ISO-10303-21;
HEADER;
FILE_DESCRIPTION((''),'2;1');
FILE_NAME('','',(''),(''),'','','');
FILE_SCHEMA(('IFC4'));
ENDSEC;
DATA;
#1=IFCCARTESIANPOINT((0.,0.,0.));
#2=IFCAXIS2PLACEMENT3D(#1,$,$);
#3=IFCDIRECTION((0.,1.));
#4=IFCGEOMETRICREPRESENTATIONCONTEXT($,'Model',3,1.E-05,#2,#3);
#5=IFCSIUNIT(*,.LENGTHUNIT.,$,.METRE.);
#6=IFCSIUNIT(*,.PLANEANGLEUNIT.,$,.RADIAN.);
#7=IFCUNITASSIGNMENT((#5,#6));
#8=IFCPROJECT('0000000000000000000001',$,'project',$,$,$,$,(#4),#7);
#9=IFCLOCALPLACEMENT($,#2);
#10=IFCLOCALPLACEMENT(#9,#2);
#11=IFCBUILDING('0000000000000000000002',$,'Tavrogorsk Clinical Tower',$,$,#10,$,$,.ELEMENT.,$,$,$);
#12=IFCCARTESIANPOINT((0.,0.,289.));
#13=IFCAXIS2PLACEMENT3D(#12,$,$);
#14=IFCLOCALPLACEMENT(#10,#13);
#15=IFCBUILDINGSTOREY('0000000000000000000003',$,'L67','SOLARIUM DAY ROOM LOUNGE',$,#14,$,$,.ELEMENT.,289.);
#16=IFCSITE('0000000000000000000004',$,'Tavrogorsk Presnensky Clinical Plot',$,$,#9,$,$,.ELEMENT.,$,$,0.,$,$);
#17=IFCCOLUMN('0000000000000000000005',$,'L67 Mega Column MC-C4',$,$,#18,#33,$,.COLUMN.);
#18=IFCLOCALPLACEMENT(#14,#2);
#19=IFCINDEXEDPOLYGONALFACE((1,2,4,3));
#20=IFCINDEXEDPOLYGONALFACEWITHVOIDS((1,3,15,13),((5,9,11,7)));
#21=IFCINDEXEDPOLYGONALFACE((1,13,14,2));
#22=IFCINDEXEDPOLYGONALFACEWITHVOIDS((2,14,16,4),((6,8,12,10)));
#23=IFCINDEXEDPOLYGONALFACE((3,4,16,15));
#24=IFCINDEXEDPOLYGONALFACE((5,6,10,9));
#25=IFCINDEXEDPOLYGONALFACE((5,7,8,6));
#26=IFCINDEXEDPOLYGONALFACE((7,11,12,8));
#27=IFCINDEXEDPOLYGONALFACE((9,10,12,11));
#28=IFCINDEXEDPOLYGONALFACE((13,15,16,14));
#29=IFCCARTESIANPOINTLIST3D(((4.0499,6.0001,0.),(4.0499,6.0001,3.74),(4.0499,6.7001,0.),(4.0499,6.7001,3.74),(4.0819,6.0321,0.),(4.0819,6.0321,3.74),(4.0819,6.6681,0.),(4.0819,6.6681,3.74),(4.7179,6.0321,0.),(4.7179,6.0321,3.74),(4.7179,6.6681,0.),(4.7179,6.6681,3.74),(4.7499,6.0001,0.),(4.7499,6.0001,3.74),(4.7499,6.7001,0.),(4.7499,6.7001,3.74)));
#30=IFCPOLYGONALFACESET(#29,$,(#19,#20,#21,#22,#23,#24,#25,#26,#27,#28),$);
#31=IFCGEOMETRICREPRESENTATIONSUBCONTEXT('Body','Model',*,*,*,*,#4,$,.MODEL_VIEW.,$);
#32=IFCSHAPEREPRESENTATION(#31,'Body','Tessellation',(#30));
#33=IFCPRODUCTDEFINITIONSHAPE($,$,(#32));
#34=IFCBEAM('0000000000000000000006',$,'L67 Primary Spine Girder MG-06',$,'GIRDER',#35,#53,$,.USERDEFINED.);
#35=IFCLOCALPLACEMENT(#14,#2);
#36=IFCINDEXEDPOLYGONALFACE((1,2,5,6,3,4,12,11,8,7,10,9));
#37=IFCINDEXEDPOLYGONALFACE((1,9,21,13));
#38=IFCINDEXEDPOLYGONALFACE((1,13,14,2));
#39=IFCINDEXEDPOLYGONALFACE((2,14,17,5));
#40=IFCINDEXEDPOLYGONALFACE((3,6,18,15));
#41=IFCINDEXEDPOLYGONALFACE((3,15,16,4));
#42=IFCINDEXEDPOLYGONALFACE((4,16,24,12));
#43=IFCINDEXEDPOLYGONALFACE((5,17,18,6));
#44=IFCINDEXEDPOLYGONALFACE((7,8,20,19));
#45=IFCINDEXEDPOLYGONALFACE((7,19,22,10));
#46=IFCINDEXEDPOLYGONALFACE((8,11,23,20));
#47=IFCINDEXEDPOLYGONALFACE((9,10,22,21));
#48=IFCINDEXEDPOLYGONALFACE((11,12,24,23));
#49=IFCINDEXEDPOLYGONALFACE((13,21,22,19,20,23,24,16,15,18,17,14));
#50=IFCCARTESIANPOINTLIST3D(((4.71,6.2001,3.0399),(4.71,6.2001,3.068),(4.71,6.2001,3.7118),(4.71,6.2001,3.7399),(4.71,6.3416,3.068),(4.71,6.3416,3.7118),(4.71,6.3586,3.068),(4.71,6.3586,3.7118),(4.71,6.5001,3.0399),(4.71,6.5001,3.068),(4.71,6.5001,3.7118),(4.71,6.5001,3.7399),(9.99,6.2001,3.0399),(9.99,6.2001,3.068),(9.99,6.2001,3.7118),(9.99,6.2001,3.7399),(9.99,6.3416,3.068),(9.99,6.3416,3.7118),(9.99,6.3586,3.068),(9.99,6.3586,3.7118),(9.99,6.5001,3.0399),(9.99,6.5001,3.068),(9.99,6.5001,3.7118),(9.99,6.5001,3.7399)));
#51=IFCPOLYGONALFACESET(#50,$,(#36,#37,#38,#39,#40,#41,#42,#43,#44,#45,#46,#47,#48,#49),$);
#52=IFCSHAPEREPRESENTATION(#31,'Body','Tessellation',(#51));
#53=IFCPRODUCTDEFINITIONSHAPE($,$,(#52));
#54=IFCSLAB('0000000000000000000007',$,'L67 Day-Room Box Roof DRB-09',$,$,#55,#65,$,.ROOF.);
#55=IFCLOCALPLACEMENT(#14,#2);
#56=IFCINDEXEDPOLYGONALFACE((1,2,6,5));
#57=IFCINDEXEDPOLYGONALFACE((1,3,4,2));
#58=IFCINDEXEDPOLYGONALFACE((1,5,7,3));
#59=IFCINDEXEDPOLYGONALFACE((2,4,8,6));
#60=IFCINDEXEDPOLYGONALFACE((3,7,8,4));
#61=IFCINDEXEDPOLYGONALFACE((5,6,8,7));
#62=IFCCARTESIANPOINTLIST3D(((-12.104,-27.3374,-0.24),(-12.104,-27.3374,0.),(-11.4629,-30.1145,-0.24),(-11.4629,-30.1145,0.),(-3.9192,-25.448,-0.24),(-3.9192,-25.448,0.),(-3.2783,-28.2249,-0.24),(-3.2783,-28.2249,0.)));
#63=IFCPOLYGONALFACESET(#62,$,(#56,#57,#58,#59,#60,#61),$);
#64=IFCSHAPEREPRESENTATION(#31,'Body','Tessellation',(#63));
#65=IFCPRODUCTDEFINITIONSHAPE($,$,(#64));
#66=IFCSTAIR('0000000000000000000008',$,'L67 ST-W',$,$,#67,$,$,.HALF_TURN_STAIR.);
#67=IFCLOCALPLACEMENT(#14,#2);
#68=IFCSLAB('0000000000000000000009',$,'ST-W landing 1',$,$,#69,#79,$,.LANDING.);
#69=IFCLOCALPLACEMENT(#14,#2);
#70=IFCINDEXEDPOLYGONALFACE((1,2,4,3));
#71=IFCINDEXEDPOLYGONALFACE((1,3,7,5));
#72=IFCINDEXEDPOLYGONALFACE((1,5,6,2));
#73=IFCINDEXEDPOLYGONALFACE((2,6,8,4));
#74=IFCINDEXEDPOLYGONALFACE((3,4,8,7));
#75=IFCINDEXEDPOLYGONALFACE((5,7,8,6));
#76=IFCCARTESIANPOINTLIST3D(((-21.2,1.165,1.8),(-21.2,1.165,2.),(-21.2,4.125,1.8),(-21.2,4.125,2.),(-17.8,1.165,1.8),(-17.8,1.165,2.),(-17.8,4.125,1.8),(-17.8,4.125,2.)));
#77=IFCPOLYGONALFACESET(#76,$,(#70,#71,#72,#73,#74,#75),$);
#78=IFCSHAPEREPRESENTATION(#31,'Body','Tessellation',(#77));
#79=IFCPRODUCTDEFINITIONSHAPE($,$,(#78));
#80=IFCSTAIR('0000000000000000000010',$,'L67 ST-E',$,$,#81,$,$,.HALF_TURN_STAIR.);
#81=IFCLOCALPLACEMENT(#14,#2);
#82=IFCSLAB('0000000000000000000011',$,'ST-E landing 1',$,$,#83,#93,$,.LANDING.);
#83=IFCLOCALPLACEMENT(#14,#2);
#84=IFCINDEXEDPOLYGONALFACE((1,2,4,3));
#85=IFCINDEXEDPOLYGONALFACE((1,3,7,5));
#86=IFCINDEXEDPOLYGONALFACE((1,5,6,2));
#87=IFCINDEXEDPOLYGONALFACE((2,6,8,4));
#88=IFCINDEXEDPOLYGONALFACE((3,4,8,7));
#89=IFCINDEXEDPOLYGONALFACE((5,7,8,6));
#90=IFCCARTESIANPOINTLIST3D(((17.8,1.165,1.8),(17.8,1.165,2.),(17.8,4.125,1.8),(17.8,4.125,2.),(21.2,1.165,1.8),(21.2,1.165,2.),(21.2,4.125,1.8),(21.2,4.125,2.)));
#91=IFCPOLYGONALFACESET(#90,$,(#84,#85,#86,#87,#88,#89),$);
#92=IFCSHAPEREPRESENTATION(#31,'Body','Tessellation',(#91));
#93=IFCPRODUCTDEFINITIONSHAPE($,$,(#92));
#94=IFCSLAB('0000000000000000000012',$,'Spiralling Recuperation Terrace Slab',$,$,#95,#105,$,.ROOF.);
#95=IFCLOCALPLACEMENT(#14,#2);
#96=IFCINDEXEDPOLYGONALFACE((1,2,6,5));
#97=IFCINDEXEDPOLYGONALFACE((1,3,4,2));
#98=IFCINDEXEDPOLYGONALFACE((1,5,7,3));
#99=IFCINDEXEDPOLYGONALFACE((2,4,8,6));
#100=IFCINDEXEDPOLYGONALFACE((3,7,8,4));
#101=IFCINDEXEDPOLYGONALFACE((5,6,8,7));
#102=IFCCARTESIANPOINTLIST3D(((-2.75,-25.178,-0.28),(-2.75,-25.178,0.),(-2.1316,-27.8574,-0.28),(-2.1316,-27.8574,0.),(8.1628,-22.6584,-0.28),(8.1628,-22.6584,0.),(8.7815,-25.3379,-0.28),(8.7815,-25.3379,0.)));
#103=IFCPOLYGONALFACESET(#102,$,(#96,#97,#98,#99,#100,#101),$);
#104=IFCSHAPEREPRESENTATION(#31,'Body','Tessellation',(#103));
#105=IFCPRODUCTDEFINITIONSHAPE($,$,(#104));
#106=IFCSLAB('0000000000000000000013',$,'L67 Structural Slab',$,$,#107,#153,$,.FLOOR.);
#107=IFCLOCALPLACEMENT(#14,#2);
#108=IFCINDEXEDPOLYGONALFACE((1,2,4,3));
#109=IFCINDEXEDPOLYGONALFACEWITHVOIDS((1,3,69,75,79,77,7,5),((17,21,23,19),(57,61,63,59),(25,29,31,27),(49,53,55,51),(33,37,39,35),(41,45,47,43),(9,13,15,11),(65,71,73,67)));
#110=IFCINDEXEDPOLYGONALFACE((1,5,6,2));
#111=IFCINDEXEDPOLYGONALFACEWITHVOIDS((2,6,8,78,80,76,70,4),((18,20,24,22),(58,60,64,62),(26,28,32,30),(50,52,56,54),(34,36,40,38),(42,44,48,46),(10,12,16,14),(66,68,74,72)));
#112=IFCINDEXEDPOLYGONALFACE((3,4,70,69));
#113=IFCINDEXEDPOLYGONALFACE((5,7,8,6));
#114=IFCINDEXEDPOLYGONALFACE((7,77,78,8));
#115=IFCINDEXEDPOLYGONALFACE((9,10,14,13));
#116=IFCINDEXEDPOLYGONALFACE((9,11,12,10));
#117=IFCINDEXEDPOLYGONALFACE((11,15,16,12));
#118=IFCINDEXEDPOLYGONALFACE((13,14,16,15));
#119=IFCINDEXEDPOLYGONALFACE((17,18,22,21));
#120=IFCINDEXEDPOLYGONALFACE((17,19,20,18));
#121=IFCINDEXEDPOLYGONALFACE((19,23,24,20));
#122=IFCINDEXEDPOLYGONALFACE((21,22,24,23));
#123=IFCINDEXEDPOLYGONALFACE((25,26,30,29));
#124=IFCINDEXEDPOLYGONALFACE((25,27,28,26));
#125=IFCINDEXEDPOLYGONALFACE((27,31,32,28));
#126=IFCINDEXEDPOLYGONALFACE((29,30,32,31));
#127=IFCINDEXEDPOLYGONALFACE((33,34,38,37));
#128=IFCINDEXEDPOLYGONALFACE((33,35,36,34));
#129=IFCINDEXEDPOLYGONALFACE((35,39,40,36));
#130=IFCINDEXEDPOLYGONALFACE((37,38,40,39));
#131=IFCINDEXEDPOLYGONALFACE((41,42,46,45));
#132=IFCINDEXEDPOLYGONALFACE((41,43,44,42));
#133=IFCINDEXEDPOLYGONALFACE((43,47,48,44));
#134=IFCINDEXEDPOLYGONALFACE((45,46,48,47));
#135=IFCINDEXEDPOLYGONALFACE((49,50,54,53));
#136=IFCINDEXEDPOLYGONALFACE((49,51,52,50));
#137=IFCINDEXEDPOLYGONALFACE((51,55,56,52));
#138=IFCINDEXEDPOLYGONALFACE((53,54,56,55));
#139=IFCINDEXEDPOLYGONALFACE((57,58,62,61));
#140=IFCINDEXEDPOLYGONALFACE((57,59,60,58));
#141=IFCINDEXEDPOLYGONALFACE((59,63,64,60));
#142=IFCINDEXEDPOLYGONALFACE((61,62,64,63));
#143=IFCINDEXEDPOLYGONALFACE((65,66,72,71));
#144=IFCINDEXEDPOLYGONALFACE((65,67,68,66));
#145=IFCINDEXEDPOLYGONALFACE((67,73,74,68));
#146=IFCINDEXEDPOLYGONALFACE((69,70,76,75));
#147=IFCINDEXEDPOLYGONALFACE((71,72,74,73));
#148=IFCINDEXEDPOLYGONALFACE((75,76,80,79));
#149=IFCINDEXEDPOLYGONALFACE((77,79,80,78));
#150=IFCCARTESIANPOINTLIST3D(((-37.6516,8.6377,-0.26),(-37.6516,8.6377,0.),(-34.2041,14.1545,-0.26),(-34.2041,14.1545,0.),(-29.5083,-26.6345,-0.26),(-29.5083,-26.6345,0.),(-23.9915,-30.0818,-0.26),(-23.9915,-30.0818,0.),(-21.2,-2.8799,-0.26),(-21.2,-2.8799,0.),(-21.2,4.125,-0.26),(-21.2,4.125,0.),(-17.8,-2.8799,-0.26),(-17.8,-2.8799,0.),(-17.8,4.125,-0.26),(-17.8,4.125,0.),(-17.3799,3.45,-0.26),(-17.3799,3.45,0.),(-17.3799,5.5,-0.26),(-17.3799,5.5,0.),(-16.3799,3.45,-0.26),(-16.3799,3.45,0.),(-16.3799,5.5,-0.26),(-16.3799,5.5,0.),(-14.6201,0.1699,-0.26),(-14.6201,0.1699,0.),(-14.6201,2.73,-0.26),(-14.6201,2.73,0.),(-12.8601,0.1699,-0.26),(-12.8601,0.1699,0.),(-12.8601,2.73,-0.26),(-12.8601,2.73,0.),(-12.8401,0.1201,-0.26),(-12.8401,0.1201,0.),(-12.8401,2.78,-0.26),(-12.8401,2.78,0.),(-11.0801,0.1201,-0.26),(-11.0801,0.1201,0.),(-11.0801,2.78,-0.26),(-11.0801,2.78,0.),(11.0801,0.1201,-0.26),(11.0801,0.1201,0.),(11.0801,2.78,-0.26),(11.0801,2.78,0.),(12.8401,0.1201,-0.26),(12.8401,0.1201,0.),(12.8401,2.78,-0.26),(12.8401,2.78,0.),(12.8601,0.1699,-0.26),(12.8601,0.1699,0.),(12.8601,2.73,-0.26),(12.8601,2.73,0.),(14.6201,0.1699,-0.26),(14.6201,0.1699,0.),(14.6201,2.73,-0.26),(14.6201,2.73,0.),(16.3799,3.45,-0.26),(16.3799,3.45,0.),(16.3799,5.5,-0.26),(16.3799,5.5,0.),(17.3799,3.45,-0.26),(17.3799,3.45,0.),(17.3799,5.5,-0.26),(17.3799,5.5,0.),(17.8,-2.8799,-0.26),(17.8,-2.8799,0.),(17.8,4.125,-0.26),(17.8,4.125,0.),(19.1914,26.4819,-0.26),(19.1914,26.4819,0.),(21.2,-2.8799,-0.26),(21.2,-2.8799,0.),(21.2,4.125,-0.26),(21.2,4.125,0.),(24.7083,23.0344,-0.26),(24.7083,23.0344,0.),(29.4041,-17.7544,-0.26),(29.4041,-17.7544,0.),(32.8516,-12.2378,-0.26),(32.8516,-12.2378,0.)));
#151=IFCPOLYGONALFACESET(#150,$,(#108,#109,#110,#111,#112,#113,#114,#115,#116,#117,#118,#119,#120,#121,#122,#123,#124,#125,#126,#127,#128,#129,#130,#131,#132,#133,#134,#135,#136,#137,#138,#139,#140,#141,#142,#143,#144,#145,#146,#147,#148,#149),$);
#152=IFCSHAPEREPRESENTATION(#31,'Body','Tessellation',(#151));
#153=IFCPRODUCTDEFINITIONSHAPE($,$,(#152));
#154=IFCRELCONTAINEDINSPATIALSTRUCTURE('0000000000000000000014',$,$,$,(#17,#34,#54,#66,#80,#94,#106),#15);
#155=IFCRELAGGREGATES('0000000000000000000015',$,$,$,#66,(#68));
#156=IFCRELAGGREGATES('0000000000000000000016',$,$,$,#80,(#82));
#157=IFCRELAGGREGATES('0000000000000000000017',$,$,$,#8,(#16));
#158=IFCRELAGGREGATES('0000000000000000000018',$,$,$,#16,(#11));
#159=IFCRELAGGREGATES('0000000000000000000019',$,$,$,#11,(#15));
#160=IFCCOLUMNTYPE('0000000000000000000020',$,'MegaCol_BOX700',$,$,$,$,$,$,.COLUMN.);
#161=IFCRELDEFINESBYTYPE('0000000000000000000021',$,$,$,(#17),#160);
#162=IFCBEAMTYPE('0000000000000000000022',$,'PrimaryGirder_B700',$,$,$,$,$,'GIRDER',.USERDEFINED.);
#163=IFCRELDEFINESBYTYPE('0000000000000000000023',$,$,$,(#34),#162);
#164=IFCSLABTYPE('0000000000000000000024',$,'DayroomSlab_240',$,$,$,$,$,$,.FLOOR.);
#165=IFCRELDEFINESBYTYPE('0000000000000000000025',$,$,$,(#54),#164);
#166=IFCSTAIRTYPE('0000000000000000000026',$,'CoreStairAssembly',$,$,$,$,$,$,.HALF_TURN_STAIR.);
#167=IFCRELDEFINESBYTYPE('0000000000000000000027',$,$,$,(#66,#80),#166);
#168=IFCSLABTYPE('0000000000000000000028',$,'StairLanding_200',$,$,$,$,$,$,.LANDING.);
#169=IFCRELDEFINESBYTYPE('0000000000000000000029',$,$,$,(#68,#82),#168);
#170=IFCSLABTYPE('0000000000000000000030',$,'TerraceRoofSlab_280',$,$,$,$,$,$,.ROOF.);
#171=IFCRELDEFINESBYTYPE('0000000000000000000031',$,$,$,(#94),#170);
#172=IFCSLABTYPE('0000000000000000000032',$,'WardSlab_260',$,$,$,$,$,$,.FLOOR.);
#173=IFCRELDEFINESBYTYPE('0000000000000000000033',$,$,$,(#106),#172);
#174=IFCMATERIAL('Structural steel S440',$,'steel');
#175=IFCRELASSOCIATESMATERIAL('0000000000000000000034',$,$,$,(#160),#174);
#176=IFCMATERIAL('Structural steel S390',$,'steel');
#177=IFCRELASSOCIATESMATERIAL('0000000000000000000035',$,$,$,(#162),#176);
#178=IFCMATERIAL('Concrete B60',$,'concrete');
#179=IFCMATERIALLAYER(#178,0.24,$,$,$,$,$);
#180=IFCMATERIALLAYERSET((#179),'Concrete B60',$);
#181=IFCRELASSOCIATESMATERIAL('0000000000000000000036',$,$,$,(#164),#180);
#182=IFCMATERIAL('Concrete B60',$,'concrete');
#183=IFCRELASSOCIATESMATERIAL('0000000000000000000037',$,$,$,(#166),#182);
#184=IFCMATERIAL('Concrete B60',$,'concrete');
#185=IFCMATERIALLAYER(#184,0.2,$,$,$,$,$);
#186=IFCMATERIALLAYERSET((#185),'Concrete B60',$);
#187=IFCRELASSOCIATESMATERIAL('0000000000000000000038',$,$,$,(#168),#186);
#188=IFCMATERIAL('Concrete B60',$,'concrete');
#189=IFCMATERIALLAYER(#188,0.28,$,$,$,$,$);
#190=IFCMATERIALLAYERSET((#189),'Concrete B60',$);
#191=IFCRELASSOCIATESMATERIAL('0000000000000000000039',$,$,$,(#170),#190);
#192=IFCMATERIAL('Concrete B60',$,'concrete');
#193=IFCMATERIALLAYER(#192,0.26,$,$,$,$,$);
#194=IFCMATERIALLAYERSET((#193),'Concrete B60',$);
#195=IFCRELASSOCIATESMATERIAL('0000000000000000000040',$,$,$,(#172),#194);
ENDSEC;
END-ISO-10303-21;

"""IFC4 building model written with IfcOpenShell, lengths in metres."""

from ifc_helpers import new_model, si_unit, direction, frame, origin, origin_2d, place, context, subcontext, project, spatial, polyline, hollow_rectangle, i_section, outline, extrude, material, layer, layer_set, material_profile, profile_set, type_object, element, aggregate, save


model = new_model("IFC4")

# Units and contexts
model_context = context("Model", 3, precision=1e-05, world=origin(), true_north=direction((0.0, 1.0)))
body_context = subcontext(model_context, "Body", "Model", "MODEL_VIEW")
ifc_project = project(units=[si_unit("LENGTHUNIT", "METRE"), si_unit("PLANEANGLEUNIT", "RADIAN")], contexts=[model_context])

# Site, building, storey
site_placement = place(None, origin())
site = spatial("IfcSite", under=ifc_project, at=site_placement, Name="Tavrogorsk Presnensky Clinical Plot", CompositionType="ELEMENT", RefElevation=0.0)
building_placement = place(site_placement, origin())
building = spatial("IfcBuilding", under=site, at=building_placement, Name="Tavrogorsk Clinical Tower", CompositionType="ELEMENT")
storey_placement = place(building_placement, frame((0.0, 0.0, 289.0)))
storey = spatial("IfcBuildingStorey", under=building, at=storey_placement, Name="L67", Description="SOLARIUM DAY ROOM LOUNGE", CompositionType="ELEMENT", Elevation=289.0)

# Column
ifc_material_1 = material(Name="Structural steel S440", Category="steel")
ifc_material_profile_1 = material_profile(ifc_material_1, hollow_rectangle(XDim=0.7, YDim=0.7, WallThickness=0.032, at=origin_2d()), Name="BOX-700x700x32")
ifc_profile_set_1 = profile_set([ifc_material_profile_1], Name="Structural steel S440")
column_type = type_object("IfcColumnType", Name="MegaCol_BOX700", PredefinedType="COLUMN", material=ifc_profile_set_1)
column_placement = place(storey_placement, frame((4.3999, 6.3501, 0.0), z_axis=(0.0, 0.0, 1.0), x_axis=(1.0, 0.0, 0.0)))
element("IfcColumn", 1, at=column_placement, inside=storey, type_object=column_type, Name="L67 Mega Column MC-C4", PredefinedType="COLUMN", context=body_context, shape_type="SweptSolid", body=[
    extrude(hollow_rectangle(XDim=0.7, YDim=0.7, WallThickness=0.032, at=origin_2d()), origin(), (0.0, 0.0, 1.0), 3.74),
])

# Beam
ifc_material_2 = material(Name="Structural steel S390", Category="steel")
ifc_material_profile_2 = material_profile(ifc_material_2, i_section(OverallWidth=0.3, OverallDepth=0.7, WebThickness=0.0171, FlangeThickness=0.0281, at=origin_2d()), Name="B-700x300x17x28")
ifc_profile_set_2 = profile_set([ifc_material_profile_2], Name="Structural steel S390")
beam_type = type_object("IfcBeamType", Name="PrimaryGirder_B700", ElementType="GIRDER", PredefinedType="USERDEFINED", material=ifc_profile_set_2)
beam_placement = place(storey_placement, frame((4.71, 6.3501, 3.3899), z_axis=(1.0, 0.0, 0.0), x_axis=(0.0, 1.0, 0.0)))
element("IfcBeam", 2, at=beam_placement, inside=storey, type_object=beam_type, Name="L67 Primary Spine Girder MG-06", ObjectType="GIRDER", PredefinedType="USERDEFINED", context=body_context, shape_type="SweptSolid", body=[
    extrude(i_section(OverallWidth=0.3, OverallDepth=0.7, WebThickness=0.0171, FlangeThickness=0.0281, at=origin_2d()), origin(), (0.0, 0.0, 1.0), 5.28),
])

# Slab
ifc_material_3 = material(Name="Concrete B60", Category="concrete")
ifc_layer_1 = layer(ifc_material_3, 0.24)
ifc_layer_set_1 = layer_set([ifc_layer_1], Name="Concrete B60")
slab_type_1 = type_object("IfcSlabType", Name="DayroomSlab_240", PredefinedType="FLOOR", material=ifc_layer_set_1)
slab_1_placement = place(storey_placement, frame((0.0, 0.0, -0.24)))
element("IfcSlab", 3, at=slab_1_placement, inside=storey, type_object=slab_type_1, Name="L67 Day-Room Box Roof DRB-09", PredefinedType="ROOF", context=body_context, shape_type="SweptSolid", body=[
    extrude(outline(polyline([(-3.2783, -28.2249), (-11.4629, -30.1145), (-12.104, -27.3374), (-3.9192, -25.448), (-3.2783, -28.2249)])), origin(), (0.0, 0.0, 1.0), 0.24),
])

# Stairs, slabs
ifc_material_4 = material(Name="Concrete B60", Category="concrete")
stair_type = type_object("IfcStairType", Name="CoreStairAssembly", PredefinedType="HALF_TURN_STAIR", material=ifc_material_4)
stair_1_placement = place(storey_placement, origin())
stair_1 = element("IfcStair", 4, at=stair_1_placement, inside=storey, type_object=stair_type, Name="L67 ST-W", PredefinedType="HALF_TURN_STAIR")
ifc_material_5 = material(Name="Concrete B60", Category="concrete")
ifc_layer_2 = layer(ifc_material_5, 0.2)
ifc_layer_set_2 = layer_set([ifc_layer_2], Name="Concrete B60")
slab_type_2 = type_object("IfcSlabType", Name="StairLanding_200", PredefinedType="LANDING", material=ifc_layer_set_2)
slab_2_placement = place(storey_placement, frame((0.0, 0.0, 1.8)))
slab_2 = element("IfcSlab", 5, at=slab_2_placement, type_object=slab_type_2, Name="ST-W landing 1", PredefinedType="LANDING", context=body_context, shape_type="SweptSolid", body=[
    extrude(outline(polyline([(-17.8, 1.165), (-17.8, 4.125), (-21.2, 4.125), (-21.2, 1.165), (-17.8, 1.165)])), origin(), (0.0, 0.0, 1.0), 0.2),
])
aggregate(stair_1, [slab_2])
stair_2_placement = place(storey_placement, origin())
stair_2 = element("IfcStair", 6, at=stair_2_placement, inside=storey, type_object=stair_type, Name="L67 ST-E", PredefinedType="HALF_TURN_STAIR")
slab_3_placement = place(storey_placement, frame((0.0, 0.0, 1.8)))
slab_3 = element("IfcSlab", 7, at=slab_3_placement, type_object=slab_type_2, Name="ST-E landing 1", PredefinedType="LANDING", context=body_context, shape_type="SweptSolid", body=[
    extrude(outline(polyline([(21.2, 1.165), (21.2, 4.125), (17.8, 4.125), (17.8, 1.165), (21.2, 1.165)])), origin(), (0.0, 0.0, 1.0), 0.2),
])
aggregate(stair_2, [slab_3])

# Slabs
ifc_material_6 = material(Name="Concrete B60", Category="concrete")
ifc_layer_3 = layer(ifc_material_6, 0.28)
ifc_layer_set_3 = layer_set([ifc_layer_3], Name="Concrete B60")
slab_type_3 = type_object("IfcSlabType", Name="TerraceRoofSlab_280", PredefinedType="ROOF", material=ifc_layer_set_3)
slab_4_placement = place(storey_placement, frame((0.0, 0.0, -0.28)))
element("IfcSlab", 8, at=slab_4_placement, inside=storey, type_object=slab_type_3, Name="Spiralling Recuperation Terrace Slab", PredefinedType="ROOF", context=body_context, shape_type="SweptSolid", body=[
    extrude(outline(polyline([(8.7815, -25.3379), (-2.1316, -27.8574), (-2.75, -25.178), (8.1628, -22.6584), (8.7815, -25.3379)])), origin(), (0.0, 0.0, 1.0), 0.28),
])
ifc_material_7 = material(Name="Concrete B60", Category="concrete")
ifc_layer_4 = layer(ifc_material_7, 0.26)
ifc_layer_set_4 = layer_set([ifc_layer_4], Name="Concrete B60")
slab_type_4 = type_object("IfcSlabType", Name="WardSlab_260", PredefinedType="FLOOR", material=ifc_layer_set_4)
slab_5_placement = place(storey_placement, frame((0.0, 0.0, -0.26)))
element("IfcSlab", 9, at=slab_5_placement, inside=storey, type_object=slab_type_4, Name="L67 Structural Slab", PredefinedType="FLOOR", context=body_context, shape_type="SweptSolid", body=[
    extrude(outline(polyline([(-23.9915, -30.0818), (29.4041, -17.7544), (32.8516, -12.2378), (24.7083, 23.0344), (19.1914, 26.4819), (-34.2041, 14.1545), (-37.6516, 8.6377), (-29.5083, -26.6345), (-23.9915, -30.0818)]), holes=[polyline([(-17.8, -2.8799), (-17.8, 4.125), (-21.2, 4.125), (-21.2, -2.8799), (-17.8, -2.8799)]), polyline([(21.2, -2.8799), (21.2, 4.125), (17.8, 4.125), (17.8, -2.8799), (21.2, -2.8799)]), polyline([(-14.6201, 0.1699), (-12.8601, 0.1699), (-12.8601, 2.73), (-14.6201, 2.73), (-14.6201, 0.1699)]), polyline([(-12.8401, 0.1201), (-11.0801, 0.1201), (-11.0801, 2.78), (-12.8401, 2.78), (-12.8401, 0.1201)]), polyline([(12.8601, 0.1699), (14.6201, 0.1699), (14.6201, 2.73), (12.8601, 2.73), (12.8601, 0.1699)]), polyline([(11.0801, 0.1201), (12.8401, 0.1201), (12.8401, 2.78), (11.0801, 2.78), (11.0801, 0.1201)]), polyline([(-17.3799, 3.45), (-16.3799, 3.45), (-16.3799, 5.5), (-17.3799, 5.5), (-17.3799, 3.45)]), polyline([(16.3799, 3.45), (17.3799, 3.45), (17.3799, 5.5), (16.3799, 5.5), (16.3799, 3.45)])]), origin(), (0.0, 0.0, 1.0), 0.26),
])

save(model, "model.ifc")
